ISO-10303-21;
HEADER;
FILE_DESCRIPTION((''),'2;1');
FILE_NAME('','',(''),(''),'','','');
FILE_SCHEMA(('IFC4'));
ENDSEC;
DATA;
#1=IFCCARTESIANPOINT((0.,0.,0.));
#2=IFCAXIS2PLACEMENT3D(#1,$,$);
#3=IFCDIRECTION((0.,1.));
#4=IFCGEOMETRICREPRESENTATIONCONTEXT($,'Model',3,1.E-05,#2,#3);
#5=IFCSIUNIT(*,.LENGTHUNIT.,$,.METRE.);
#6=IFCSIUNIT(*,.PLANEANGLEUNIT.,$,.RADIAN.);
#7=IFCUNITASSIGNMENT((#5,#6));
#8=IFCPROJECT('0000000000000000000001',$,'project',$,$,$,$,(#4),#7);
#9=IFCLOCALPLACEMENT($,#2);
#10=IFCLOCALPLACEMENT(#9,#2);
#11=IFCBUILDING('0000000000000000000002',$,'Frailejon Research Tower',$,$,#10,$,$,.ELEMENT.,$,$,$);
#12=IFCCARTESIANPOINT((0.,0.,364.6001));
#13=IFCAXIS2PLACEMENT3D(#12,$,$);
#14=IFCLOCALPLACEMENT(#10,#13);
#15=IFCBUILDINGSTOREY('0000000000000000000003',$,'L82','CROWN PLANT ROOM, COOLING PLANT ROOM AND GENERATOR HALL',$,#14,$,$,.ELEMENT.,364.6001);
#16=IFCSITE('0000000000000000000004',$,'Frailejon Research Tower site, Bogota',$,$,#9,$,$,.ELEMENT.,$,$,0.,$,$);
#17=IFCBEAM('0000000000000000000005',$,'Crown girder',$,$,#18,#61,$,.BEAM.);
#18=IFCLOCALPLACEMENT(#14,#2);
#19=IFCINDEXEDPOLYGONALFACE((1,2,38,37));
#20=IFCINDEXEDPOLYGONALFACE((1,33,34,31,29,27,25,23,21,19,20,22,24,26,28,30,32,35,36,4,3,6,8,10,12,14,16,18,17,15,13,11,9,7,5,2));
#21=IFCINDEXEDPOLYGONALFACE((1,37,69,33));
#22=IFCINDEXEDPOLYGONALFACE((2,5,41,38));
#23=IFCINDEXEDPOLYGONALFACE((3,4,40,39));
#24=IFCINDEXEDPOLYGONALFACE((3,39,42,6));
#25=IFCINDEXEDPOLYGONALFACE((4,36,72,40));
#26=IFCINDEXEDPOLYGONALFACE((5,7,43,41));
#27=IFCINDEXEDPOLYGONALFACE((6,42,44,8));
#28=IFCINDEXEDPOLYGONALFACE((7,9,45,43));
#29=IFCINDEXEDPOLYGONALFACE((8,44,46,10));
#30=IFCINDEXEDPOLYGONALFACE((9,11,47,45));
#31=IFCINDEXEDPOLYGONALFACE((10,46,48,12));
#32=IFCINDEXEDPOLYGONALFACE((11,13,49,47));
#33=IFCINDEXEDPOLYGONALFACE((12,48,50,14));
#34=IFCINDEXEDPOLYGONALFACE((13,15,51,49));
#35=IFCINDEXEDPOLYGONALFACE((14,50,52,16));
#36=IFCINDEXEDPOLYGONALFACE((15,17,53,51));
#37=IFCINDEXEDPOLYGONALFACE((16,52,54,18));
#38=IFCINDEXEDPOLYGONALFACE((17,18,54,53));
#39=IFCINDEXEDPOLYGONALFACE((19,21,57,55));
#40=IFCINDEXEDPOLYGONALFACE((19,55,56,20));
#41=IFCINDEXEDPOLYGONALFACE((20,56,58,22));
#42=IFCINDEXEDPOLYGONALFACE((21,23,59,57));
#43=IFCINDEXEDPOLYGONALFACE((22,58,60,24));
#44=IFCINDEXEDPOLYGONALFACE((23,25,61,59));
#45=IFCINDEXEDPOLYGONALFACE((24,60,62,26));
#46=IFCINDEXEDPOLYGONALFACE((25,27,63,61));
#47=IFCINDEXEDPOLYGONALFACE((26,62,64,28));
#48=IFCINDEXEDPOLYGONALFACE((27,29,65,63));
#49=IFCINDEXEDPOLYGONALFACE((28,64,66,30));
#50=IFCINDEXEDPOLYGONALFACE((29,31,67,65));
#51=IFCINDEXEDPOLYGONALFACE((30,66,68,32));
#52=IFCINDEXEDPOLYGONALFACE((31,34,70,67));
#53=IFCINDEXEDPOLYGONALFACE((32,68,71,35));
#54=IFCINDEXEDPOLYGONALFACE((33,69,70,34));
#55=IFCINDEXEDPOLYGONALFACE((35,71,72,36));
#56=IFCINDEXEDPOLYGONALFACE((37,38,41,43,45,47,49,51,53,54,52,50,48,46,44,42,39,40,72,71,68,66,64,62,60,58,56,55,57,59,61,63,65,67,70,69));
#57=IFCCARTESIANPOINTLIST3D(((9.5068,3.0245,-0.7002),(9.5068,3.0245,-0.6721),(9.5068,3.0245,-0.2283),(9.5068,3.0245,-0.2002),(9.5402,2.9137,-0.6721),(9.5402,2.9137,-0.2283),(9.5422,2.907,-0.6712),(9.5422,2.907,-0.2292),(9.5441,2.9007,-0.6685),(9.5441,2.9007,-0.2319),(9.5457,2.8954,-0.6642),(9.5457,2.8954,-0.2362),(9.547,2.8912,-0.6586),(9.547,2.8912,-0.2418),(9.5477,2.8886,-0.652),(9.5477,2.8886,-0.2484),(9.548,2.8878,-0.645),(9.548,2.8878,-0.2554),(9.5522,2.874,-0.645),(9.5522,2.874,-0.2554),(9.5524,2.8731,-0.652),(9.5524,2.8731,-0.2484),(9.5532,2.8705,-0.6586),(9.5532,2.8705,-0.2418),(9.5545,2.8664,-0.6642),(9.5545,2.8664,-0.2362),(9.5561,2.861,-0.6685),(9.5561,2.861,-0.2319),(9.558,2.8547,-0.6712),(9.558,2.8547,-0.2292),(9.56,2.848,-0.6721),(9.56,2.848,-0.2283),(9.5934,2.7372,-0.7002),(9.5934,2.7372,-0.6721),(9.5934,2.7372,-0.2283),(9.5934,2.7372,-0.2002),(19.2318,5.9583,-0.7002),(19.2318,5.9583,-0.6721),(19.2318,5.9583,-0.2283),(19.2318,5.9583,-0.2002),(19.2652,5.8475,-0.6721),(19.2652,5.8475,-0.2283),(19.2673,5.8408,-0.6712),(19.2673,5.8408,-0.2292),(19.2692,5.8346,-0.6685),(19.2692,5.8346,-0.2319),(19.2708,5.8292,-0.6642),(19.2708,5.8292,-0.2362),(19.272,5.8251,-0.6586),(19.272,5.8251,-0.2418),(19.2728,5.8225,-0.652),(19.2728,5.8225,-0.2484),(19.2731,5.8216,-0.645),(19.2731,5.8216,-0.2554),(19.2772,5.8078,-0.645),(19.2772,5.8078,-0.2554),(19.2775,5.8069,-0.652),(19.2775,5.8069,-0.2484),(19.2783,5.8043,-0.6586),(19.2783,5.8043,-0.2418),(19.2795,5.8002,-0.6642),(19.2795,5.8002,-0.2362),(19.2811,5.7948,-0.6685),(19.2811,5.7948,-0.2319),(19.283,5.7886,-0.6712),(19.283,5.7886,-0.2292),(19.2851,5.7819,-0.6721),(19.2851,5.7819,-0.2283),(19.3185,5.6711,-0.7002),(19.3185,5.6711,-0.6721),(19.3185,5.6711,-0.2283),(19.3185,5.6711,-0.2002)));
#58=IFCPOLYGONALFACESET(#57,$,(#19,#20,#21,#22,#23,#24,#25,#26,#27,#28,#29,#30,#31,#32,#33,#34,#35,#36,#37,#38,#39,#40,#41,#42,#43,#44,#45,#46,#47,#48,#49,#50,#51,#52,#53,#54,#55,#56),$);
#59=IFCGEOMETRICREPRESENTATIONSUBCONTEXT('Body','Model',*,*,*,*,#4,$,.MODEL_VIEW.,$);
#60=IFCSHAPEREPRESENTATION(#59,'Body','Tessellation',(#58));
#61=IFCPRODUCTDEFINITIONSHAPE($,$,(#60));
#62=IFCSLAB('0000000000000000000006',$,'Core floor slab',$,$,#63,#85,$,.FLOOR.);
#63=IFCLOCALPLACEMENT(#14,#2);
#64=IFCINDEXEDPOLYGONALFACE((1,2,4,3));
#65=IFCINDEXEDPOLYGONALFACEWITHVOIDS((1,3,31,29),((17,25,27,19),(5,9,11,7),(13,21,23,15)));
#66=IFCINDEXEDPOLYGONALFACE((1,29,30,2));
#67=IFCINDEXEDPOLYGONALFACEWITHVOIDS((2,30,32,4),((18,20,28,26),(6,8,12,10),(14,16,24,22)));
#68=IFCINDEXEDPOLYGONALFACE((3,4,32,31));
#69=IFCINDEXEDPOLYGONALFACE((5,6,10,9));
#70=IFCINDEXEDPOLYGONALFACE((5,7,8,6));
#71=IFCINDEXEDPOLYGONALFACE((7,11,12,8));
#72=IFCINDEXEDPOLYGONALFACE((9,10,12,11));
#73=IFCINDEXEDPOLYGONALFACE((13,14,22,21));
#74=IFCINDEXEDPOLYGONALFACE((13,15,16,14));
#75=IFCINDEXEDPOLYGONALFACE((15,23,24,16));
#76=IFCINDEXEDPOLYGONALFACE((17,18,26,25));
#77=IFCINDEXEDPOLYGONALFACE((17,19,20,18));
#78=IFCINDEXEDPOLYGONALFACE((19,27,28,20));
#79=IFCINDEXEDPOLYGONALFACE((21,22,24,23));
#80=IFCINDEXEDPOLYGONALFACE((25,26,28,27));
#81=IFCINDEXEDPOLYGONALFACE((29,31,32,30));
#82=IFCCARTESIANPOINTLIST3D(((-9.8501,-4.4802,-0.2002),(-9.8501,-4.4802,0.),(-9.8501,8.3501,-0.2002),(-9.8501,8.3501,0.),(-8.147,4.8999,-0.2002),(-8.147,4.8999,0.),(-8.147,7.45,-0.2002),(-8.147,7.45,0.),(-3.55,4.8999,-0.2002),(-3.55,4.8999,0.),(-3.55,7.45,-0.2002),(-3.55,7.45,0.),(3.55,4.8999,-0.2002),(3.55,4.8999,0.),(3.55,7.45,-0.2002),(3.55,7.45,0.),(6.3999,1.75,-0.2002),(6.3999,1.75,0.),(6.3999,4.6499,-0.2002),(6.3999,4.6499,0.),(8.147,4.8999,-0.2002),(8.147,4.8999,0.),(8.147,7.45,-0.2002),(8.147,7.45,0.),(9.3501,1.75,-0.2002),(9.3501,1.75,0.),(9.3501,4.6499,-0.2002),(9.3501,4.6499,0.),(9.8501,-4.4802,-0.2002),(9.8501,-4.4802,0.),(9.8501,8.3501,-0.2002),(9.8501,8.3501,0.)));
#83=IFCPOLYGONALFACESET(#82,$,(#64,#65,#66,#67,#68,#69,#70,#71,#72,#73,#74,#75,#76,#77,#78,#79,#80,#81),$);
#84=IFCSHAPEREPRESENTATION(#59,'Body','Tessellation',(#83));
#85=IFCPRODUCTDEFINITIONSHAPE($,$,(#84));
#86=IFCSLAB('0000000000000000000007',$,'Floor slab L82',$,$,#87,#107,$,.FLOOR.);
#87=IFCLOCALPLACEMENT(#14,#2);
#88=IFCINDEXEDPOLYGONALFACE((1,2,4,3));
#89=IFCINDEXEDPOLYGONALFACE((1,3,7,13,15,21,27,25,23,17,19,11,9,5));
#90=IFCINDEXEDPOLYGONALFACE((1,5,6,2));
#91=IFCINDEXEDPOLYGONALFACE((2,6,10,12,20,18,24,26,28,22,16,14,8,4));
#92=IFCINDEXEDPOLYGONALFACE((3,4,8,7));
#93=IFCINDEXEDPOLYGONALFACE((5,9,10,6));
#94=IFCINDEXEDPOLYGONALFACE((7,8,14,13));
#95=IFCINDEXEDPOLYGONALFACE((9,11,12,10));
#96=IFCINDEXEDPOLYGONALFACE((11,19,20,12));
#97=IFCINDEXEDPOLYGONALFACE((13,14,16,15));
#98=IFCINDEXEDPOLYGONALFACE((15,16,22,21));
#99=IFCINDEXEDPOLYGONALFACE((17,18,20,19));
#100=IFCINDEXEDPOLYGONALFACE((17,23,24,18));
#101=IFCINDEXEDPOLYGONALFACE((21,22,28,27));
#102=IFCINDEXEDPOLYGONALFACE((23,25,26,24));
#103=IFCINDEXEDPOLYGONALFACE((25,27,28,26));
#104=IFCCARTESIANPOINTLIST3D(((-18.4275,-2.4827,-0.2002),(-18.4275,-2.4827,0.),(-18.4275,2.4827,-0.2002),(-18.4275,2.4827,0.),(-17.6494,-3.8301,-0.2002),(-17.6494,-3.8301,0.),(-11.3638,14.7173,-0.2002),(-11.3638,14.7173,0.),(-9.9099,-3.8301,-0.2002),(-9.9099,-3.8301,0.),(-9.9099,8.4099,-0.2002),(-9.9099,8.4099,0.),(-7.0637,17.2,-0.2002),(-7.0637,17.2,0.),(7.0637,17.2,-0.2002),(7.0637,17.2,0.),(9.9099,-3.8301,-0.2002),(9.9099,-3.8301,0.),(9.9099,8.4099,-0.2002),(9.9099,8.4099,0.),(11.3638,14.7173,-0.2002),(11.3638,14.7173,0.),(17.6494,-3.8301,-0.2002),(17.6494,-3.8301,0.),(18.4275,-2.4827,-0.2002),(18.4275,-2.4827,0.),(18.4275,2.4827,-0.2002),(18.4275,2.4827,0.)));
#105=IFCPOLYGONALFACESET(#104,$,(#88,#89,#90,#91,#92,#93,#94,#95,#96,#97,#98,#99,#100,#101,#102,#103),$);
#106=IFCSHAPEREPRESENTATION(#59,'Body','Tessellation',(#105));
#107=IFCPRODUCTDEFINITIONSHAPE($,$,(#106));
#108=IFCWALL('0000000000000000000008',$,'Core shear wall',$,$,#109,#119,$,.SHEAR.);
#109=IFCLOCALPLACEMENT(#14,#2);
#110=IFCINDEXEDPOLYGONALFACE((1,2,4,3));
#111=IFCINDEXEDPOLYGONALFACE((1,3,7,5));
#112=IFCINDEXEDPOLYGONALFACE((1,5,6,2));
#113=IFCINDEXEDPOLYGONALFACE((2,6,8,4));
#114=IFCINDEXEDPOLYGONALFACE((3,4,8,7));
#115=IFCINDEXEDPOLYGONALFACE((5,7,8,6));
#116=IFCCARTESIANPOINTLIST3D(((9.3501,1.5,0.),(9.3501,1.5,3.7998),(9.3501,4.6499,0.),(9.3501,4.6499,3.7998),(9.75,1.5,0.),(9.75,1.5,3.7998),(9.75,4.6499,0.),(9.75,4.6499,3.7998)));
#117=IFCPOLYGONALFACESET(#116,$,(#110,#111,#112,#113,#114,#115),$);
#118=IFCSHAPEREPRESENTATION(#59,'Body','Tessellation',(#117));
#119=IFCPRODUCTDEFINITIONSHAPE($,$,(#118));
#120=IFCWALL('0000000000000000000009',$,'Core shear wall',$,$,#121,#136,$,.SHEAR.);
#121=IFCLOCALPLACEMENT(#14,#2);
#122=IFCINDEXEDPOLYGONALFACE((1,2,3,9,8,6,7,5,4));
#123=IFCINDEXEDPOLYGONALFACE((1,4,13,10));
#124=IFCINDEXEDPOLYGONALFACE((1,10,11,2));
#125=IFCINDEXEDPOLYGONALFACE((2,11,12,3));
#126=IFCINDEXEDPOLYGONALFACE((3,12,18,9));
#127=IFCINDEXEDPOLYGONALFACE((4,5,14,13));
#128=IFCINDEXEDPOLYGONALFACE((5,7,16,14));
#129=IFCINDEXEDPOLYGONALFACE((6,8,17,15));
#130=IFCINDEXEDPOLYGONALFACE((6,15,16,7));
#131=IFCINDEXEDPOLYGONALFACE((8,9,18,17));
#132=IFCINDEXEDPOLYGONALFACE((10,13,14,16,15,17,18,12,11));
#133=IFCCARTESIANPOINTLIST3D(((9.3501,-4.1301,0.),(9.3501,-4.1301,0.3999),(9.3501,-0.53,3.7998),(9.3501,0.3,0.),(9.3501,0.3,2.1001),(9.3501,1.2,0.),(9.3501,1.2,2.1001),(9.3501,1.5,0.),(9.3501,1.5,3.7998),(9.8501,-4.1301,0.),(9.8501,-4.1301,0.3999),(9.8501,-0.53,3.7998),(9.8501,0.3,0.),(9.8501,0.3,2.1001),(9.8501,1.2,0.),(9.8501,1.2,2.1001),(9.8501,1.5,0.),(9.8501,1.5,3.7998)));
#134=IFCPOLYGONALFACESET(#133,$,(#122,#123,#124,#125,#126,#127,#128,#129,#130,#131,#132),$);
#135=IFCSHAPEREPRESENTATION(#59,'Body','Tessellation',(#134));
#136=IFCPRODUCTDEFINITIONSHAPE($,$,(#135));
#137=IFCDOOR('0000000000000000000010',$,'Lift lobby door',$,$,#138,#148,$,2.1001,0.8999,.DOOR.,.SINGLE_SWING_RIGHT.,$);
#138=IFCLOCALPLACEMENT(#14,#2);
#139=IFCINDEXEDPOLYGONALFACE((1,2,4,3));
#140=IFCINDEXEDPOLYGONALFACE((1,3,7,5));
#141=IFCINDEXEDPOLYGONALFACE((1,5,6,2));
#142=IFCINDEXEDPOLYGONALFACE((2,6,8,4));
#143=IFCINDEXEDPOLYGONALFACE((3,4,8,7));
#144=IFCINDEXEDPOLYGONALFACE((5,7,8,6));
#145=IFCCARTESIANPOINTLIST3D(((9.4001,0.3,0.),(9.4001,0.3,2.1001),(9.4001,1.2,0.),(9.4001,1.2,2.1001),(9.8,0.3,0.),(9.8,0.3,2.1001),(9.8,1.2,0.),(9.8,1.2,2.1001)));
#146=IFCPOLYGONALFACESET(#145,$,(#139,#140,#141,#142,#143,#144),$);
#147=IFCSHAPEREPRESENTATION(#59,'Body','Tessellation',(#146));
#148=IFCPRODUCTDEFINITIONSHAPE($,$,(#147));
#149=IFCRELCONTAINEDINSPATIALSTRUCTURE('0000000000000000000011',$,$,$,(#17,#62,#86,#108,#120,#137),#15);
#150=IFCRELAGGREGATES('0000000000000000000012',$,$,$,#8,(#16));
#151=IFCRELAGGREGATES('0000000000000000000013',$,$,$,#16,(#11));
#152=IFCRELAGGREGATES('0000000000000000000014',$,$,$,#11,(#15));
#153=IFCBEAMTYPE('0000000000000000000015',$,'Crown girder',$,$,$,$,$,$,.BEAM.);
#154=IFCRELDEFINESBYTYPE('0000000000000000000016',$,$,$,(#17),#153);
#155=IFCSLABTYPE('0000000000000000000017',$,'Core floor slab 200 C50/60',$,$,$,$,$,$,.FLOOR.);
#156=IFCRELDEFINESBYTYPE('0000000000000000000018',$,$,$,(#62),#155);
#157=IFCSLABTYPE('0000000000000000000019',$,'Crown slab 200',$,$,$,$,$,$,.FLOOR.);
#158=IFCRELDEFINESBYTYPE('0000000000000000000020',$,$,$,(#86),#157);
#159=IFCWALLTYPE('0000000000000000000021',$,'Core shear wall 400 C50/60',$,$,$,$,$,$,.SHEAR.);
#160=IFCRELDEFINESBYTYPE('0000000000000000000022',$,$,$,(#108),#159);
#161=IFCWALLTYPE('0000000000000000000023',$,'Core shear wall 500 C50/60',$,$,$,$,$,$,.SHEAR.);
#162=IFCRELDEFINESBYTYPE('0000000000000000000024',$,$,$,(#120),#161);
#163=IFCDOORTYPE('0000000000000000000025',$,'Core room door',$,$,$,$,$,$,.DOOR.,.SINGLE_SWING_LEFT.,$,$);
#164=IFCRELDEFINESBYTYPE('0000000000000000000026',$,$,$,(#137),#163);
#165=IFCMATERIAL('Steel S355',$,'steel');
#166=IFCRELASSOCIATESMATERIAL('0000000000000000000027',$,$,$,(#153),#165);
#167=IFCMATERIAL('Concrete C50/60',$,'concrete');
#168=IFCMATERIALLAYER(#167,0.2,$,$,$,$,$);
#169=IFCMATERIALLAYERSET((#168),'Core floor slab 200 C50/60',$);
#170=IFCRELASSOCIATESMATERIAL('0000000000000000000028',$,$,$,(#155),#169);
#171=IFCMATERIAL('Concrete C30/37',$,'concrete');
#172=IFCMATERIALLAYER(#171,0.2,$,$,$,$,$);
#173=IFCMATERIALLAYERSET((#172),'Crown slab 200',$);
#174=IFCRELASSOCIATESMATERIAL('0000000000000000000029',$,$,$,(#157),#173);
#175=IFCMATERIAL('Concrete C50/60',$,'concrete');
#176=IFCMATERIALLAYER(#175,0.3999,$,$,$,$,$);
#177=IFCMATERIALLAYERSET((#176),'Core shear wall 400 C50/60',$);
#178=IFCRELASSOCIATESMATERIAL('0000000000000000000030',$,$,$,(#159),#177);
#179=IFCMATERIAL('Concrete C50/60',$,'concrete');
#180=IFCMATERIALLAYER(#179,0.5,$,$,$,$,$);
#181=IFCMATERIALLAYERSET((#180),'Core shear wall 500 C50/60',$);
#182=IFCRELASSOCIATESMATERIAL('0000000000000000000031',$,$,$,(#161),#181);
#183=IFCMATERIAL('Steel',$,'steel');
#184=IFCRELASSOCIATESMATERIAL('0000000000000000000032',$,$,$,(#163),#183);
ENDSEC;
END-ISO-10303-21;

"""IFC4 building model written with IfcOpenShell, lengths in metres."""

from ifc_helpers import new_model, si_unit, direction, frame, frame_2d, origin, origin_2d, place, context, subcontext, project, spatial, polyline, rectangle, i_section, outline, extrude, material, layer, layer_set, material_profile, profile_set, type_object, element, fill, save


model = new_model("IFC4")

# Units and contexts
model_context = context("Model", 3, precision=1e-05, world=origin(), true_north=direction((0.0, 1.0)))
body_context = subcontext(model_context, "Body", "Model", "MODEL_VIEW")
ifc_project = project(units=[si_unit("LENGTHUNIT", "METRE"), si_unit("PLANEANGLEUNIT", "RADIAN")], contexts=[model_context])

# Site, building, storey
site_placement = place(None, origin())
site = spatial("IfcSite", under=ifc_project, at=site_placement, Name="Frailejon Research Tower site, Bogota", CompositionType="ELEMENT", RefElevation=0.0)
building_placement = place(site_placement, origin())
building = spatial("IfcBuilding", under=site, at=building_placement, Name="Frailejon Research Tower", CompositionType="ELEMENT")
storey_placement = place(building_placement, frame((0.0, 0.0, 364.6001)))
storey = spatial("IfcBuildingStorey", under=building, at=storey_placement, Name="L82", Description="CROWN PLANT ROOM, COOLING PLANT ROOM AND GENERATOR HALL", CompositionType="ELEMENT", Elevation=364.6001)

# Beam
ifc_material_1 = material(Name="Steel S355", Category="steel")
ifc_material_profile = material_profile(ifc_material_1, i_section(OverallWidth=0.3, OverallDepth=0.5, WebThickness=0.0144, FlangeThickness=0.0281, FilletRadius=0.0271, at=origin_2d()), Name="HE 500 B")
ifc_profile_set = profile_set([ifc_material_profile], Name="Steel S355")
beam_type = type_object("IfcBeamType", Name="Crown girder", PredefinedType="BEAM", material=ifc_profile_set)
beam_placement = place(storey_placement, frame((19.2751, 5.8147, -0.4502), z_axis=(-0.957383, -0.28882, 0.0), x_axis=(0.28882, -0.957383, 0.0)))
element("IfcBeam", 1, at=beam_placement, inside=storey, type_object=beam_type, Name="Crown girder", PredefinedType="BEAM", context=body_context, shape_type="SweptSolid", body=[
    extrude(i_section(OverallWidth=0.3, OverallDepth=0.5, WebThickness=0.0144, FlangeThickness=0.0281, FilletRadius=0.0271, at=origin_2d()), origin(), (0.0, 0.0, 1.0), 10.158),
])

# Slabs
ifc_material_2 = material(Name="Concrete C50/60", Category="concrete")
ifc_layer_1 = layer(ifc_material_2, 0.2)
ifc_layer_set_1 = layer_set([ifc_layer_1], Name="Core floor slab 200 C50/60")
slab_type_1 = type_object("IfcSlabType", Name="Core floor slab 200 C50/60", PredefinedType="FLOOR", material=ifc_layer_set_1)
slab_1_placement = place(storey_placement, frame((0.0, 0.0, -0.2002)))
element("IfcSlab", 2, at=slab_1_placement, inside=storey, type_object=slab_type_1, Name="Core floor slab", PredefinedType="FLOOR", context=body_context, shape_type="SweptSolid", body=[
    extrude(outline(polyline([(-9.8501, 8.3501), (9.8501, 8.3501), (9.8501, -4.4802), (-9.8501, -4.4802), (-9.8501, 8.3501)]), holes=[polyline([(9.3501, 1.75), (9.3501, 4.6499), (6.3999, 4.6499), (6.3999, 1.75), (9.3501, 1.75)]), polyline([(-8.147, 4.8999), (-3.55, 4.8999), (-3.55, 7.45), (-8.147, 7.45), (-8.147, 4.8999)]), polyline([(8.147, 7.45), (3.55, 7.45), (3.55, 4.8999), (8.147, 4.8999), (8.147, 7.45)])]), origin(), (0.0, 0.0, 1.0), 0.2002),
])
ifc_material_3 = material(Name="Concrete C30/37", Category="concrete")
ifc_layer_2 = layer(ifc_material_3, 0.2)
ifc_layer_set_2 = layer_set([ifc_layer_2], Name="Crown slab 200")
slab_type_2 = type_object("IfcSlabType", Name="Crown slab 200", PredefinedType="FLOOR", material=ifc_layer_set_2)
slab_2_placement = place(storey_placement, frame((0.0, 0.0, -0.2002)))
element("IfcSlab", 3, at=slab_2_placement, inside=storey, type_object=slab_type_2, Name="Floor slab L82", PredefinedType="FLOOR", context=body_context, shape_type="SweptSolid", body=[
    extrude(outline(polyline([(-11.3638, 14.7173), (-18.4275, 2.4827), (-18.4275, -2.4827), (-17.6494, -3.8301), (-9.9099, -3.8301), (-9.9099, 8.4099), (9.9099, 8.4099), (9.9099, -3.8301), (17.6494, -3.8301), (18.4275, -2.4827), (18.4275, 2.4827), (11.3638, 14.7173), (7.0637, 17.2), (-7.0637, 17.2), (-11.3638, 14.7173)])), origin(), (0.0, 0.0, 1.0), 0.2002),
])

# Wall
ifc_material_4 = material(Name="Concrete C50/60", Category="concrete")
ifc_layer_3 = layer(ifc_material_4, 0.3999)
ifc_layer_set_3 = layer_set([ifc_layer_3], Name="Core shear wall 400 C50/60")
wall_type_1 = type_object("IfcWallType", Name="Core shear wall 400 C50/60", PredefinedType="SHEAR", material=ifc_layer_set_3)
wall_1_placement = place(storey_placement, frame((9.55, 1.5, 0.0), z_axis=(0.0, 0.0, 1.0), x_axis=(0.0, 1.0, 0.0)))
element("IfcWall", 4, at=wall_1_placement, inside=storey, type_object=wall_type_1, Name="Core shear wall", PredefinedType="SHEAR", context=body_context, shape_type="SweptSolid", body=[
    extrude(rectangle(XDim=3.1499, YDim=0.3999, at=frame_2d((1.575, 0.0))), origin(), (0.0, 0.0, 1.0), 3.7998),
])

# Wall, opening, door
ifc_material_5 = material(Name="Concrete C50/60", Category="concrete")
ifc_layer_4 = layer(ifc_material_5, 0.5)
ifc_layer_set_4 = layer_set([ifc_layer_4], Name="Core shear wall 500 C50/60")
wall_type_2 = type_object("IfcWallType", Name="Core shear wall 500 C50/60", PredefinedType="SHEAR", material=ifc_layer_set_4)
wall_2_placement = place(storey_placement, frame((9.6001, -4.1301, 0.0), z_axis=(0.0, 0.0, 1.0), x_axis=(0.0, 1.0, 0.0)))
wall_2 = element("IfcWall", 5, at=wall_2_placement, inside=storey, type_object=wall_type_2, Name="Core shear wall", PredefinedType="SHEAR", context=body_context, shape_type="SweptSolid", body=[
    extrude(outline(polyline([(0.0, 0.0), (5.6301, 0.0), (5.6301, 3.7998), (3.6001, 3.7998), (0.0, 0.3999), (0.0, 0.0)])), frame((0.0, 0.25, 0.0), z_axis=(0.0, -1.0, 0.0), x_axis=(1.0, 0.0, 0.0)), (0.0, 0.0, 1.0), 0.5),
])
opening_1_placement = place(wall_2_placement, frame((4.4302, 0.0, 0.0)))
opening_1 = element("IfcOpeningElement", 6, at=opening_1_placement, cuts=wall_2, PredefinedType="OPENING", context=body_context, shape_type="SweptSolid", body=[
    extrude(rectangle(XDim=0.8999, YDim=2.1001, at=frame_2d((0.45, 1.05))), frame((0.0, 0.26, 0.0), z_axis=(0.0, -1.0, 0.0), x_axis=(1.0, 0.0, 0.0)), (0.0, 0.0, 1.0), 0.52),
])
ifc_material_6 = material(Name="Steel", Category="steel")
door_type_1 = type_object("IfcDoorType", Name="Core room door", OperationType="SINGLE_SWING_LEFT", PredefinedType="DOOR", material=ifc_material_6)
door_1_placement = place(opening_1_placement, origin())
door_1 = element("IfcDoor", 7, at=door_1_placement, inside=storey, type_object=door_type_1, Name="Lift lobby door", OperationType="SINGLE_SWING_RIGHT", OverallHeight=2.1001, OverallWidth=0.8999, PredefinedType="DOOR", context=body_context, shape_type="SweptSolid", body=[
    extrude(rectangle(XDim=0.8999, YDim=2.1001, at=frame_2d((0.45, 1.05))), frame((0.0, 0.2, 0.0), z_axis=(0.0, -1.0, 0.0), x_axis=(1.0, 0.0, 0.0)), (0.0, 0.0, 1.0), 0.3999),
])
fill(opening_1, door_1)

save(model, "model.ifc")
